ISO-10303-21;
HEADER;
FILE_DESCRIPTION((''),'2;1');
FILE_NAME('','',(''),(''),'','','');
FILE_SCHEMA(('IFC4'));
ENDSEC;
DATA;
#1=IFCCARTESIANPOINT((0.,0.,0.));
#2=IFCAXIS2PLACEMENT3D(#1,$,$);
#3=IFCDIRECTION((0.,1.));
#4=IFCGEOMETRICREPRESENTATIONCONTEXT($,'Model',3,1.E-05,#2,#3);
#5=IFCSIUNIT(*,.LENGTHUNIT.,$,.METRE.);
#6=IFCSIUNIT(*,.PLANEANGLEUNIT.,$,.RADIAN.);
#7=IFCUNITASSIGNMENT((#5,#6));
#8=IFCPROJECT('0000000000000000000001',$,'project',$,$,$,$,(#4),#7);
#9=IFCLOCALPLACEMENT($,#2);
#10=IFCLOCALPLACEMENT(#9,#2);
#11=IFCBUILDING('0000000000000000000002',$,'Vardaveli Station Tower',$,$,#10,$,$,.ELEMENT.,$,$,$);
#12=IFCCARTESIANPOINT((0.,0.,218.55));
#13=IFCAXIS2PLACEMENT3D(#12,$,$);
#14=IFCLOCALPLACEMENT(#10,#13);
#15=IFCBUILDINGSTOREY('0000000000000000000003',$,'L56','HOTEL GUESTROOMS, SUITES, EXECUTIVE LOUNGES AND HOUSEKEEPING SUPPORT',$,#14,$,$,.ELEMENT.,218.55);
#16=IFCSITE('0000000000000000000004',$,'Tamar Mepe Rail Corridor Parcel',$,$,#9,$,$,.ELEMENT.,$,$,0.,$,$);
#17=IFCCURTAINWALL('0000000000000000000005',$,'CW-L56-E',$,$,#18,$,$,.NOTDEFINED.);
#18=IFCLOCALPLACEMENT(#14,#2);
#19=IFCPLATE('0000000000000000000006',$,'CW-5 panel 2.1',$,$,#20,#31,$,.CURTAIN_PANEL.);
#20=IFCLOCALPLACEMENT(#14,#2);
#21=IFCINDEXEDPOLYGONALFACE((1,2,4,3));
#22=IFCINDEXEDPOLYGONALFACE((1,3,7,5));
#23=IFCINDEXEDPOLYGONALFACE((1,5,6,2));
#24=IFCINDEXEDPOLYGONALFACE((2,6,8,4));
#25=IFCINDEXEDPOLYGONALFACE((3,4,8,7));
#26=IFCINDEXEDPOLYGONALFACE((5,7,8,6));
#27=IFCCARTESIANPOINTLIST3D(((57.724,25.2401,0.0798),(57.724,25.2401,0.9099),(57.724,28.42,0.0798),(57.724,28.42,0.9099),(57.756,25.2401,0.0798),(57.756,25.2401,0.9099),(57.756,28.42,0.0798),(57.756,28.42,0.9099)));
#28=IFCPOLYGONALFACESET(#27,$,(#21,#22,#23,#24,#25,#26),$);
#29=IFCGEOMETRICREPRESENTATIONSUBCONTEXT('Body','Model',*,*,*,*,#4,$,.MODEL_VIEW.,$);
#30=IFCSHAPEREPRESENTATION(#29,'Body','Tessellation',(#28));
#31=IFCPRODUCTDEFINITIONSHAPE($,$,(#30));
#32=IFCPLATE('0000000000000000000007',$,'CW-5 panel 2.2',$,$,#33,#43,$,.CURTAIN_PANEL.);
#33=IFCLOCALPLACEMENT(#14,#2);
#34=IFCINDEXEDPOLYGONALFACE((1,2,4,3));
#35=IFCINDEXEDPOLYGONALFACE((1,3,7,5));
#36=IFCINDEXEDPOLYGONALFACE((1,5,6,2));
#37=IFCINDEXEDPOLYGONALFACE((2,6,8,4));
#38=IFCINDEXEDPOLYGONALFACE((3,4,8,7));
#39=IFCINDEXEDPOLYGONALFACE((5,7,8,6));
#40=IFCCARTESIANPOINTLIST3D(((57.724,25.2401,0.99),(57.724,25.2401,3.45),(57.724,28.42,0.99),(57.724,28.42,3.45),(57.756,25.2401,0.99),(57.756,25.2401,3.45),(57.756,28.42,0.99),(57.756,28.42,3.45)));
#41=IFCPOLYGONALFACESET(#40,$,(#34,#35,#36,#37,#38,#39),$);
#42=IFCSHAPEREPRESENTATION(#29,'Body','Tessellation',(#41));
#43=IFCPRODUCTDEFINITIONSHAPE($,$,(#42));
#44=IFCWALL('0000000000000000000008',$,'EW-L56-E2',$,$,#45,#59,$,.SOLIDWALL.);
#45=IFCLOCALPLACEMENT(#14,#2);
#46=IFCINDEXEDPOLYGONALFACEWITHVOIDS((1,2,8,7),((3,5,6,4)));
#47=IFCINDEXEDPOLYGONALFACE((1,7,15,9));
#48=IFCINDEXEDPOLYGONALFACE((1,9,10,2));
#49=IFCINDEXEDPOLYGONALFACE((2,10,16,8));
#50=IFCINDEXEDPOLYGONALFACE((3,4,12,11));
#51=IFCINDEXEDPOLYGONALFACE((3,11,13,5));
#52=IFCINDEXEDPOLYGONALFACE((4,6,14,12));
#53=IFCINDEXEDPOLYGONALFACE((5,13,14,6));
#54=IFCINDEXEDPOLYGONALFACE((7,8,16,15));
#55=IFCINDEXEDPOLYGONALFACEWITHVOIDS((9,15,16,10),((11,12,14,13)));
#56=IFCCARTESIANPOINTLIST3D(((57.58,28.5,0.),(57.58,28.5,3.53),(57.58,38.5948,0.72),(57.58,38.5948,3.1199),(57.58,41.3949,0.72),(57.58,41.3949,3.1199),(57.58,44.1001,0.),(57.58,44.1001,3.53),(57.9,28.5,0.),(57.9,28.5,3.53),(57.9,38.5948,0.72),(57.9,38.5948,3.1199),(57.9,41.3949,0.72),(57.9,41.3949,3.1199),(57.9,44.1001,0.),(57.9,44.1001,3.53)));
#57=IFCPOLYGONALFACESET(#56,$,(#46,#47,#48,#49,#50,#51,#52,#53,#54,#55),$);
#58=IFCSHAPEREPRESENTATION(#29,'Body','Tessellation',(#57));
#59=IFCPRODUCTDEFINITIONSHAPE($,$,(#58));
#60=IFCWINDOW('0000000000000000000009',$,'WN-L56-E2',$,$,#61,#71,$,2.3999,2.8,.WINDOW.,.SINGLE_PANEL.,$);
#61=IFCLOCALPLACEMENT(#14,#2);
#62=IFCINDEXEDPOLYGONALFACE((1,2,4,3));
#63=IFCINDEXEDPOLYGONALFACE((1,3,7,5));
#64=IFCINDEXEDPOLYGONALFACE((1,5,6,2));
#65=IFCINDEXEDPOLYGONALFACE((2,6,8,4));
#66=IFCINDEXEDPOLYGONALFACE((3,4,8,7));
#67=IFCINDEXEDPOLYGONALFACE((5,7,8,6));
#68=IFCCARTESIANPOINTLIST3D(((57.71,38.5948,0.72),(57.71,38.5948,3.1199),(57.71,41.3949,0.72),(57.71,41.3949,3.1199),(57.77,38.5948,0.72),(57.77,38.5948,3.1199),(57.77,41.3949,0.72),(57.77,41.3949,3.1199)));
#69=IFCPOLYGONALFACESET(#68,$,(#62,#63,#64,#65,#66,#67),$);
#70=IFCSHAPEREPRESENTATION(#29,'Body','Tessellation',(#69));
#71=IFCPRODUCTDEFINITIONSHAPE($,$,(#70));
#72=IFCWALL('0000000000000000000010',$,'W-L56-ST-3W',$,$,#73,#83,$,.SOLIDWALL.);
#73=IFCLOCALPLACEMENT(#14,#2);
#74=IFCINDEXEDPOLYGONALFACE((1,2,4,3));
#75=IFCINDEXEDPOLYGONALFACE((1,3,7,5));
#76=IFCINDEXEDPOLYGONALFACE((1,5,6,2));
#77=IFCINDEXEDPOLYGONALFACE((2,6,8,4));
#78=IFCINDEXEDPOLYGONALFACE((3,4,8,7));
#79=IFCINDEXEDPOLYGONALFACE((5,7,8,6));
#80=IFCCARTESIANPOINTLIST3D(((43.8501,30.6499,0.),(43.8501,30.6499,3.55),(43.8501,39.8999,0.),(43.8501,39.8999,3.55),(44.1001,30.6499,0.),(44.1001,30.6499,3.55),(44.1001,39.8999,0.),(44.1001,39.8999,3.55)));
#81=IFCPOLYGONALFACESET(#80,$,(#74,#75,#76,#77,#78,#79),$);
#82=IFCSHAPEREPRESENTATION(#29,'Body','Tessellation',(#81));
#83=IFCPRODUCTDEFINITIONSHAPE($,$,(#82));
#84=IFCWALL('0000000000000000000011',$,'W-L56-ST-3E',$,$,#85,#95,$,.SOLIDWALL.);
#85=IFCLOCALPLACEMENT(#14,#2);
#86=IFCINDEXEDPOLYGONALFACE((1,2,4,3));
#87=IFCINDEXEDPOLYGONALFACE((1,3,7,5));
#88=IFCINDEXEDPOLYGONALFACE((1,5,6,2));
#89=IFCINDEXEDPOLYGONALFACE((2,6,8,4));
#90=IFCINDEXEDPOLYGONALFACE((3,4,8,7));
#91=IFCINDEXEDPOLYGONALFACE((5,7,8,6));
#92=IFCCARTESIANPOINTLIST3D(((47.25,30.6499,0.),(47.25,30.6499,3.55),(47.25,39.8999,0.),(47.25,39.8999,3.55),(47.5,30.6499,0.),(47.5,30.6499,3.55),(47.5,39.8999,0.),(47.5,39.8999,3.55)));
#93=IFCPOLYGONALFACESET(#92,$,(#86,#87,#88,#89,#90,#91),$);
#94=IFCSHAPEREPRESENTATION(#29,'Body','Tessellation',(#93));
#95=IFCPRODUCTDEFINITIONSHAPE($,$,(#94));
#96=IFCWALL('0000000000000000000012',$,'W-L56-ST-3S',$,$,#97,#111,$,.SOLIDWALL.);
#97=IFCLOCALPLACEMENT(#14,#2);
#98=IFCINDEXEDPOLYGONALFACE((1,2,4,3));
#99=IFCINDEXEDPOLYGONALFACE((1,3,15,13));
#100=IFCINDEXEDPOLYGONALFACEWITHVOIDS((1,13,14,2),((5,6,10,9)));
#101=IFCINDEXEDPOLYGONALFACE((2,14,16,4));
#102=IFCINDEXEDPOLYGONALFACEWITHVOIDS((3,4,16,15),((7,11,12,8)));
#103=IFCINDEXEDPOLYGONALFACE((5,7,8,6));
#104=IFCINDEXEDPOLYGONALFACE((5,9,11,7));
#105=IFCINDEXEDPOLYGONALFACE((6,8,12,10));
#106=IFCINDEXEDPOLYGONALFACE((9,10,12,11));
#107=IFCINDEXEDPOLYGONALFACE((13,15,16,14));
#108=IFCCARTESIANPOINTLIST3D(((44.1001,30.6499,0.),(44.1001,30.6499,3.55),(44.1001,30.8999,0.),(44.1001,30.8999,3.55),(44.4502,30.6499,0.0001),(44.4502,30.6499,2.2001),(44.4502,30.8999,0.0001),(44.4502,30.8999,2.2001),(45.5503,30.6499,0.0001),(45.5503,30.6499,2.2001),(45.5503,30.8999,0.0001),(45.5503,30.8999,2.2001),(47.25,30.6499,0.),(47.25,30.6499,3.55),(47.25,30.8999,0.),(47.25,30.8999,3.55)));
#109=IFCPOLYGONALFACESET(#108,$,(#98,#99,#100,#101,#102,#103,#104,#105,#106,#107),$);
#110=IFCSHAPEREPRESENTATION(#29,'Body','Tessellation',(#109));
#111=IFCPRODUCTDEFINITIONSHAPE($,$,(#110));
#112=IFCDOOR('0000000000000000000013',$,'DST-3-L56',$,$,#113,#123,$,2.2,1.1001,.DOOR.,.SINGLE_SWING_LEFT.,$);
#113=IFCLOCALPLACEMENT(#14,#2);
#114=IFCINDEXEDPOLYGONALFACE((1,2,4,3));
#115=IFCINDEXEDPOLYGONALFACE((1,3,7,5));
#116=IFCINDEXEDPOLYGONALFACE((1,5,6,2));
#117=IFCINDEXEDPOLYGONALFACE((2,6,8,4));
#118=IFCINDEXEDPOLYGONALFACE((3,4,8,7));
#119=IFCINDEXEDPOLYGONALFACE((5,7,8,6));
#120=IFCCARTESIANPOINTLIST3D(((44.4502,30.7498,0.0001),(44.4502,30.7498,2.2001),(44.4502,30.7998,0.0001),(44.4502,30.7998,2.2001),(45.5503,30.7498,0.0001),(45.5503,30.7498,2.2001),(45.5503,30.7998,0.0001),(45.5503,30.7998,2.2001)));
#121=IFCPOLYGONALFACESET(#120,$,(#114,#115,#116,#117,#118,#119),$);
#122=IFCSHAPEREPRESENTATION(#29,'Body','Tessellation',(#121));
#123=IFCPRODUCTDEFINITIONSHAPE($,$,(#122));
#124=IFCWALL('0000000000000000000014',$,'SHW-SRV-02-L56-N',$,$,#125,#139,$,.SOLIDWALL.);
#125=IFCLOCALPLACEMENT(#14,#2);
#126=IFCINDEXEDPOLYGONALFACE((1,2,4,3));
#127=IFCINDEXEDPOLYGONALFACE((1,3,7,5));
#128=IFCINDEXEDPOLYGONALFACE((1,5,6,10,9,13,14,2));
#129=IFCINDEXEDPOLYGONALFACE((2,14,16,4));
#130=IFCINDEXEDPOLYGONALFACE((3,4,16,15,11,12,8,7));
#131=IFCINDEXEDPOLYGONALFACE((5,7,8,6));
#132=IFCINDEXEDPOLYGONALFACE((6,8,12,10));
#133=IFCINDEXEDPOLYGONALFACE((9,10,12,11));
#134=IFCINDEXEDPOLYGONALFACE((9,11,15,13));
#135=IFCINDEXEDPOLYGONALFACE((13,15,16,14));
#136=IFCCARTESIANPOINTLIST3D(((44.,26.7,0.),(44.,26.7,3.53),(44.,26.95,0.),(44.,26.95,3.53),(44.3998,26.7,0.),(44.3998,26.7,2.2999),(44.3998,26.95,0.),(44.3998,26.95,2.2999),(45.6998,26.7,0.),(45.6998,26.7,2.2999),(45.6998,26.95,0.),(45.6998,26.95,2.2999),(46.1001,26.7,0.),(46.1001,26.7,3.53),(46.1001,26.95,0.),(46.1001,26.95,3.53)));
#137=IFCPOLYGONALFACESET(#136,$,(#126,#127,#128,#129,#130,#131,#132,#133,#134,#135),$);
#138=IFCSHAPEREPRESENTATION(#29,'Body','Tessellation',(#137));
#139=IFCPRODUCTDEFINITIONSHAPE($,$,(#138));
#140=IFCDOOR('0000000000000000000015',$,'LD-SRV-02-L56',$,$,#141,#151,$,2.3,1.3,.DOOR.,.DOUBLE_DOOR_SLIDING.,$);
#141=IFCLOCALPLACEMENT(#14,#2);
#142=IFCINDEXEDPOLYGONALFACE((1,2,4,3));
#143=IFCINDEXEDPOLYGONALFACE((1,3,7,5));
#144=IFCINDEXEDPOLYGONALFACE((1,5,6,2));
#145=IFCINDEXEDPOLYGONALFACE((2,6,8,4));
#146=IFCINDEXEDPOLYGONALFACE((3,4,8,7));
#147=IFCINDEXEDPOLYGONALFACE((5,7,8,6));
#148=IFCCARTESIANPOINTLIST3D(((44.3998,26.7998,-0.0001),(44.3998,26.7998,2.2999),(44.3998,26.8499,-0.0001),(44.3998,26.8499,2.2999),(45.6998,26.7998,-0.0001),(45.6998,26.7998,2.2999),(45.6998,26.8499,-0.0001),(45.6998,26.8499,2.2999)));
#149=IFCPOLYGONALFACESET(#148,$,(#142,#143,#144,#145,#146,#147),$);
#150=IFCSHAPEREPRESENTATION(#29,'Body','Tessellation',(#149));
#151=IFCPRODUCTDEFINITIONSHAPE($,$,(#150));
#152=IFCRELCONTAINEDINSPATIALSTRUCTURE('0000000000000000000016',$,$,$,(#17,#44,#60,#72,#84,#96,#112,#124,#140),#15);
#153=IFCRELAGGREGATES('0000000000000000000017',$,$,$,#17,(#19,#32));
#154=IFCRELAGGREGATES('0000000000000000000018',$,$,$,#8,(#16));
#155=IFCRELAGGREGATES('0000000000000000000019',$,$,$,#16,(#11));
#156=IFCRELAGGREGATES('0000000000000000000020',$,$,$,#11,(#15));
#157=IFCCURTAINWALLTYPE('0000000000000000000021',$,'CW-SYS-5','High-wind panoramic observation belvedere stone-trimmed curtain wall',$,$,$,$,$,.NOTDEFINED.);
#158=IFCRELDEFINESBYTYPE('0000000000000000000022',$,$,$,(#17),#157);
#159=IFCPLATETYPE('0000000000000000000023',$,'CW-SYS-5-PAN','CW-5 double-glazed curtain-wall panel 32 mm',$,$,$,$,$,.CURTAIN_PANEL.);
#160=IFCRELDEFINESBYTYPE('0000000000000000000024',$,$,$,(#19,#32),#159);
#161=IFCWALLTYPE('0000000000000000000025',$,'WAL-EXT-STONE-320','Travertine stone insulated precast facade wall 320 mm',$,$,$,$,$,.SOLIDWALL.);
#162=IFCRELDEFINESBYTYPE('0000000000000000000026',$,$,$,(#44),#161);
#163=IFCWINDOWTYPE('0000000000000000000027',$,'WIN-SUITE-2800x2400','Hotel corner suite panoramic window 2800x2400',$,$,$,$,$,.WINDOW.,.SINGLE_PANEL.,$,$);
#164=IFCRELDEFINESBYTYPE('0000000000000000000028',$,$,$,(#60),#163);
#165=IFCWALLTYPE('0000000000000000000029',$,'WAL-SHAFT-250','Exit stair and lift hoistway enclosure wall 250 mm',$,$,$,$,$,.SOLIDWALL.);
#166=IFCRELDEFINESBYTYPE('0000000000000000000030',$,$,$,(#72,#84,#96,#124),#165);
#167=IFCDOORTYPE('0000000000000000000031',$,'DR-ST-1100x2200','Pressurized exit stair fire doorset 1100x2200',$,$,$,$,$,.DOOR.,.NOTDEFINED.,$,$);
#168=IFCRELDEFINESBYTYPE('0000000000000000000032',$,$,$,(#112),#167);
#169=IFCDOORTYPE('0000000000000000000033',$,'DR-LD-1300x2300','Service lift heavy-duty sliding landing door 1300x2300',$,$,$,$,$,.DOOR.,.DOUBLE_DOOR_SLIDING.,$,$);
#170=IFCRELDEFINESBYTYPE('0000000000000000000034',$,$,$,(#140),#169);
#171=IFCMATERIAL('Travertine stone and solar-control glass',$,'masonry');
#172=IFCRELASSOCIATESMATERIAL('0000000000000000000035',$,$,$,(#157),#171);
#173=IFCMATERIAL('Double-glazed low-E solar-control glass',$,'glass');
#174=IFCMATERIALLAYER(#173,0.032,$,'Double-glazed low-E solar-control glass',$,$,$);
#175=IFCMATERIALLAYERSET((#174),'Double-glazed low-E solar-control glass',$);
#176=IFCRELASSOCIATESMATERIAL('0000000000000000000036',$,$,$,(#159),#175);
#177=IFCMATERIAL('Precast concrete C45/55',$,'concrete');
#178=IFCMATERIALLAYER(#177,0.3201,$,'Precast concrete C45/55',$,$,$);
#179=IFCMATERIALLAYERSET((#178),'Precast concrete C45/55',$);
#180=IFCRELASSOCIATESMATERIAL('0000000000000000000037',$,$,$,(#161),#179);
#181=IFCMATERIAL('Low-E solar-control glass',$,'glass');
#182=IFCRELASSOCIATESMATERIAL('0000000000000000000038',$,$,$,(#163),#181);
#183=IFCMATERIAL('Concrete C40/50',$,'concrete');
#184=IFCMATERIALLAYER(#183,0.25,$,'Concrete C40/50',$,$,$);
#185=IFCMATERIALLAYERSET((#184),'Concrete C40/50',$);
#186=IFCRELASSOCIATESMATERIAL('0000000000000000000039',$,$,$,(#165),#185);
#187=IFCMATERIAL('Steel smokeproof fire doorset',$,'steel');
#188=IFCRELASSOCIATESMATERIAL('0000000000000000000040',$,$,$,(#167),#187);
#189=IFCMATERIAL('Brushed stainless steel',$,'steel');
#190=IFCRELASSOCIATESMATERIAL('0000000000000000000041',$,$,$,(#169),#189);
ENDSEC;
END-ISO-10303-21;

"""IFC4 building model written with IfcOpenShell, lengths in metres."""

from ifc_helpers import new_model, si_unit, direction, frame, frame_2d, origin, origin_2d, place, context, subcontext, project, spatial, rectangle, extrude, source, transform, mapped, material, layer, layer_set, type_object, element, fill, aggregate, save


model = new_model("IFC4")

# Units and contexts
model_context = context("Model", 3, precision=1e-05, world=origin(), true_north=direction((0.0, 1.0)))
body_context = subcontext(model_context, "Body", "Model", "MODEL_VIEW")
ifc_project = project(units=[si_unit("LENGTHUNIT", "METRE"), si_unit("PLANEANGLEUNIT", "RADIAN")], contexts=[model_context])

# Site, building, storey
site_placement = place(None, origin())
site = spatial("IfcSite", under=ifc_project, at=site_placement, Name="Tamar Mepe Rail Corridor Parcel", CompositionType="ELEMENT", RefElevation=0.0)
building_placement = place(site_placement, origin())
building = spatial("IfcBuilding", under=site, at=building_placement, Name="Vardaveli Station Tower", CompositionType="ELEMENT")
storey_placement = place(building_placement, frame((0.0, 0.0, 218.55)))
storey = spatial("IfcBuildingStorey", under=building, at=storey_placement, Name="L56", Description="HOTEL GUESTROOMS, SUITES, EXECUTIVE LOUNGES AND HOUSEKEEPING SUPPORT", CompositionType="ELEMENT", Elevation=218.55)

# Shared definitions
ifc_material_1 = material(Name="Precast concrete C45/55", Category="concrete")

# Curtain wall, plates
ifc_material_2 = material(Name="Travertine stone and solar-control glass", Category="masonry")
curtain_wall_type = type_object("IfcCurtainWallType", Name="CW-SYS-5", Description="High-wind panoramic observation belvedere stone-trimmed curtain wall", PredefinedType="NOTDEFINED", material=ifc_material_2)
curtain_wall_placement = place(storey_placement, origin())
curtain_wall = element("IfcCurtainWall", 1, at=curtain_wall_placement, inside=storey, type_object=curtain_wall_type, Name="CW-L56-E", PredefinedType="NOTDEFINED")
ifc_material_3 = material(Name="Double-glazed low-E solar-control glass", Category="glass")
ifc_layer_1 = layer(ifc_material_3, 0.032, Name="Double-glazed low-E solar-control glass")
ifc_layer_set_1 = layer_set([ifc_layer_1], Name="Double-glazed low-E solar-control glass")
plate_type = type_object("IfcPlateType", Name="CW-SYS-5-PAN", Description="CW-5 double-glazed curtain-wall panel 32 mm", PredefinedType="CURTAIN_PANEL", material=ifc_layer_set_1)
shared_shape_1 = source(origin(), body_context, "Body", "SweptSolid", [
    extrude(rectangle(XDim=3.1799, YDim=0.032, at=origin_2d()), origin(), (0.0, 0.0, 1.0), 0.8301),
])
plate_1_placement = place(storey_placement, frame((57.74, 26.8301, 0.0798), z_axis=(0.0, 0.0, 1.0), x_axis=(0.0, 1.0, 0.0)))
plate_1 = element("IfcPlate", 2, at=plate_1_placement, type_object=plate_type, Name="CW-5 panel 2.1", PredefinedType="CURTAIN_PANEL", context=body_context, shape_type="MappedRepresentation", body=[
    mapped(shared_shape_1, transform((0.0, 0.0, 0.0), scale=1.0)),
])
shared_shape_2 = source(origin(), body_context, "Body", "SweptSolid", [
    extrude(rectangle(XDim=3.1799, YDim=0.032, at=origin_2d()), origin(), (0.0, 0.0, 1.0), 2.46),
])
plate_2_placement = place(storey_placement, frame((57.74, 26.8301, 0.99), z_axis=(0.0, 0.0, 1.0), x_axis=(0.0, 1.0, 0.0)))
plate_2 = element("IfcPlate", 3, at=plate_2_placement, type_object=plate_type, Name="CW-5 panel 2.2", PredefinedType="CURTAIN_PANEL", context=body_context, shape_type="MappedRepresentation", body=[
    mapped(shared_shape_2, transform((0.0, 0.0, 0.0), scale=1.0)),
])
aggregate(curtain_wall, [plate_1, plate_2])

# Wall, opening, window
ifc_layer_2 = layer(ifc_material_1, 0.3201, Name="Precast concrete C45/55")
ifc_layer_set_2 = layer_set([ifc_layer_2], Name="Precast concrete C45/55")
wall_type_1 = type_object("IfcWallType", Name="WAL-EXT-STONE-320", Description="Travertine stone insulated precast facade wall 320 mm", PredefinedType="SOLIDWALL", material=ifc_layer_set_2)
shared_shape_3 = source(origin(), body_context, "Body", "SweptSolid", [
    extrude(rectangle(XDim=15.6001, YDim=0.3201, at=frame_2d((7.8, 0.0))), origin(), (0.0, 0.0, 1.0), 3.53),
])
wall_1_placement = place(storey_placement, frame((57.74, 28.5, 0.0), z_axis=(0.0, 0.0, 1.0), x_axis=(0.0, 1.0, 0.0)))
wall_1 = element("IfcWall", 4, at=wall_1_placement, inside=storey, type_object=wall_type_1, Name="EW-L56-E2", PredefinedType="SOLIDWALL", context=body_context, shape_type="MappedRepresentation", body=[
    mapped(shared_shape_3, transform((0.0, 0.0, 0.0), scale=1.0)),
])
shared_shape_4 = source(origin(), body_context, "Body", "SweptSolid", [
    extrude(rectangle(XDim=2.8, YDim=2.3999, at=frame_2d((1.3999, 1.2))), frame((0.0, 0.1699, 0.0), z_axis=(0.0, -1.0, 0.0), x_axis=(1.0, 0.0, 0.0)), (0.0, 0.0, 1.0), 0.3401),
])
opening_1_placement = place(wall_1_placement, frame((10.095, 0.0, 0.72)))
opening_1 = element("IfcOpeningElement", 5, at=opening_1_placement, cuts=wall_1, PredefinedType="OPENING", context=body_context, shape_type="MappedRepresentation", body=[
    mapped(shared_shape_4, transform((0.0, 0.0, 0.0), scale=1.0)),
])
ifc_material_4 = material(Name="Low-E solar-control glass", Category="glass")
window_type = type_object("IfcWindowType", Name="WIN-SUITE-2800x2400", Description="Hotel corner suite panoramic window 2800x2400", PartitioningType="SINGLE_PANEL", PredefinedType="WINDOW", material=ifc_material_4)
shared_shape_5 = source(origin(), body_context, "Body", "SweptSolid", [
    extrude(rectangle(XDim=2.8, YDim=2.3999, at=frame_2d((1.3999, 1.2))), frame((0.0, 0.03, 0.0), z_axis=(0.0, -1.0, 0.0), x_axis=(1.0, 0.0, 0.0)), (0.0, 0.0, 1.0), 0.0601),
])
window_placement = place(opening_1_placement, origin())
window = element("IfcWindow", 6, at=window_placement, inside=storey, type_object=window_type, Name="WN-L56-E2", OverallHeight=2.3999, OverallWidth=2.8, PartitioningType="SINGLE_PANEL", PredefinedType="WINDOW", context=body_context, shape_type="MappedRepresentation", body=[
    mapped(shared_shape_5, transform((0.0, 0.0, 0.0), scale=1.0)),
])
fill(opening_1, window)

# Walls
ifc_material_5 = material(Name="Concrete C40/50", Category="concrete")
ifc_layer_3 = layer(ifc_material_5, 0.25, Name="Concrete C40/50")
ifc_layer_set_3 = layer_set([ifc_layer_3], Name="Concrete C40/50")
wall_type_2 = type_object("IfcWallType", Name="WAL-SHAFT-250", Description="Exit stair and lift hoistway enclosure wall 250 mm", PredefinedType="SOLIDWALL", material=ifc_layer_set_3)
shared_shape_6 = source(origin(), body_context, "Body", "SweptSolid", [
    extrude(rectangle(XDim=9.25, YDim=0.25, at=frame_2d((4.625, 0.0))), origin(), (0.0, 0.0, 1.0), 3.55),
])
for number, where, z_axis, x_axis, name in (
    (7, (43.9751, 30.6499, 0.0), (0.0, 0.0, 1.0), (0.0, 1.0, 0.0), "W-L56-ST-3W"),
    (8, (47.375, 30.6499, 0.0), (0.0, 0.0, 1.0), (0.0, 1.0, 0.0), "W-L56-ST-3E"),
):
    element("IfcWall", number, at=place(storey_placement, frame(where, z_axis=z_axis, x_axis=x_axis)), inside=storey, type_object=wall_type_2, Name=name, PredefinedType="SOLIDWALL", context=body_context, shape_type="MappedRepresentation", body=[
        mapped(shared_shape_6, transform((0.0, 0.0, 0.0), scale=1.0)),
    ])

# Walls, openings, doors
shared_shape_7 = source(origin(), body_context, "Body", "SweptSolid", [
    extrude(rectangle(XDim=3.1499, YDim=0.25, at=frame_2d((1.575, 0.0))), origin(), (0.0, 0.0, 1.0), 3.55),
])
wall_2_placement = place(storey_placement, frame((44.1001, 30.7749, 0.0), z_axis=(0.0, 0.0, 1.0), x_axis=(1.0, 0.0, 0.0)))
wall_2 = element("IfcWall", 9, at=wall_2_placement, inside=storey, type_object=wall_type_2, Name="W-L56-ST-3S", PredefinedType="SOLIDWALL", context=body_context, shape_type="MappedRepresentation", body=[
    mapped(shared_shape_7, transform((0.0, 0.0, 0.0), scale=1.0)),
])
shared_shape_8 = source(origin(), body_context, "Body", "SweptSolid", [
    extrude(rectangle(XDim=1.1001, YDim=2.2, at=frame_2d((0.55, 1.1001))), frame((0.0, 0.135, 0.0), z_axis=(0.0, -1.0, 0.0), x_axis=(1.0, 0.0, 0.0)), (0.0, 0.0, 1.0), 0.27),
])
opening_2_placement = place(wall_2_placement, frame((0.3501, 0.0, 0.0)))
opening_2 = element("IfcOpeningElement", 10, at=opening_2_placement, cuts=wall_2, PredefinedType="OPENING", context=body_context, shape_type="MappedRepresentation", body=[
    mapped(shared_shape_8, transform((0.0, 0.0, 0.0), scale=1.0)),
])
ifc_material_6 = material(Name="Steel smokeproof fire doorset", Category="steel")
door_type_1 = type_object("IfcDoorType", Name="DR-ST-1100x2200", Description="Pressurized exit stair fire doorset 1100x2200", OperationType="NOTDEFINED", PredefinedType="DOOR", material=ifc_material_6)
shared_shape_9 = source(origin(), body_context, "Body", "SweptSolid", [
    extrude(rectangle(XDim=1.1001, YDim=2.2, at=frame_2d((0.55, 1.1001))), frame((0.0, 0.0249, 0.0), z_axis=(0.0, -1.0, 0.0), x_axis=(1.0, 0.0, 0.0)), (0.0, 0.0, 1.0), 0.05),
])
door_1_placement = place(opening_2_placement, origin())
door_1 = element("IfcDoor", 11, at=door_1_placement, inside=storey, type_object=door_type_1, Name="DST-3-L56", OperationType="SINGLE_SWING_LEFT", OverallHeight=2.2, OverallWidth=1.1001, PredefinedType="DOOR", context=body_context, shape_type="MappedRepresentation", body=[
    mapped(shared_shape_9, transform((0.0, 0.0, 0.0), scale=1.0)),
])
fill(opening_2, door_1)
shared_shape_10 = source(origin(), body_context, "Body", "SweptSolid", [
    extrude(rectangle(XDim=2.1001, YDim=0.25, at=frame_2d((1.05, 0.0))), origin(), (0.0, 0.0, 1.0), 3.53),
])
wall_3_placement = place(storey_placement, frame((44.0, 26.825, 0.0), z_axis=(0.0, 0.0, 1.0), x_axis=(1.0, 0.0, 0.0)))
wall_3 = element("IfcWall", 12, at=wall_3_placement, inside=storey, type_object=wall_type_2, Name="SHW-SRV-02-L56-N", PredefinedType="SOLIDWALL", context=body_context, shape_type="MappedRepresentation", body=[
    mapped(shared_shape_10, transform((0.0, 0.0, 0.0), scale=1.0)),
])
shared_shape_11 = source(origin(), body_context, "Body", "SweptSolid", [
    extrude(rectangle(XDim=1.3, YDim=2.3, at=frame_2d((0.6499, 1.1499))), frame((0.0, 0.135, 0.0), z_axis=(0.0, -1.0, 0.0), x_axis=(1.0, 0.0, 0.0)), (0.0, 0.0, 1.0), 0.27),
])
opening_3_placement = place(wall_3_placement, frame((0.3999, 0.0, 0.0)))
opening_3 = element("IfcOpeningElement", 13, at=opening_3_placement, cuts=wall_3, PredefinedType="OPENING", context=body_context, shape_type="MappedRepresentation", body=[
    mapped(shared_shape_11, transform((0.0, 0.0, 0.0), scale=1.0)),
])
ifc_material_7 = material(Name="Brushed stainless steel", Category="steel")
door_type_2 = type_object("IfcDoorType", Name="DR-LD-1300x2300", Description="Service lift heavy-duty sliding landing door 1300x2300", OperationType="DOUBLE_DOOR_SLIDING", PredefinedType="DOOR", material=ifc_material_7)
shared_shape_12 = source(origin(), body_context, "Body", "SweptSolid", [
    extrude(rectangle(XDim=1.3, YDim=2.3, at=frame_2d((0.6499, 1.1499))), frame((0.0, 0.0249, 0.0), z_axis=(0.0, -1.0, 0.0), x_axis=(1.0, 0.0, 0.0)), (0.0, 0.0, 1.0), 0.05),
])
door_2_placement = place(opening_3_placement, origin())
door_2 = element("IfcDoor", 14, at=door_2_placement, inside=storey, type_object=door_type_2, Name="LD-SRV-02-L56", OperationType="DOUBLE_DOOR_SLIDING", OverallHeight=2.3, OverallWidth=1.3, PredefinedType="DOOR", context=body_context, shape_type="MappedRepresentation", body=[
    mapped(shared_shape_12, transform((0.0, 0.0, 0.0), scale=1.0)),
])
fill(opening_3, door_2)

save(model, "model.ifc")
